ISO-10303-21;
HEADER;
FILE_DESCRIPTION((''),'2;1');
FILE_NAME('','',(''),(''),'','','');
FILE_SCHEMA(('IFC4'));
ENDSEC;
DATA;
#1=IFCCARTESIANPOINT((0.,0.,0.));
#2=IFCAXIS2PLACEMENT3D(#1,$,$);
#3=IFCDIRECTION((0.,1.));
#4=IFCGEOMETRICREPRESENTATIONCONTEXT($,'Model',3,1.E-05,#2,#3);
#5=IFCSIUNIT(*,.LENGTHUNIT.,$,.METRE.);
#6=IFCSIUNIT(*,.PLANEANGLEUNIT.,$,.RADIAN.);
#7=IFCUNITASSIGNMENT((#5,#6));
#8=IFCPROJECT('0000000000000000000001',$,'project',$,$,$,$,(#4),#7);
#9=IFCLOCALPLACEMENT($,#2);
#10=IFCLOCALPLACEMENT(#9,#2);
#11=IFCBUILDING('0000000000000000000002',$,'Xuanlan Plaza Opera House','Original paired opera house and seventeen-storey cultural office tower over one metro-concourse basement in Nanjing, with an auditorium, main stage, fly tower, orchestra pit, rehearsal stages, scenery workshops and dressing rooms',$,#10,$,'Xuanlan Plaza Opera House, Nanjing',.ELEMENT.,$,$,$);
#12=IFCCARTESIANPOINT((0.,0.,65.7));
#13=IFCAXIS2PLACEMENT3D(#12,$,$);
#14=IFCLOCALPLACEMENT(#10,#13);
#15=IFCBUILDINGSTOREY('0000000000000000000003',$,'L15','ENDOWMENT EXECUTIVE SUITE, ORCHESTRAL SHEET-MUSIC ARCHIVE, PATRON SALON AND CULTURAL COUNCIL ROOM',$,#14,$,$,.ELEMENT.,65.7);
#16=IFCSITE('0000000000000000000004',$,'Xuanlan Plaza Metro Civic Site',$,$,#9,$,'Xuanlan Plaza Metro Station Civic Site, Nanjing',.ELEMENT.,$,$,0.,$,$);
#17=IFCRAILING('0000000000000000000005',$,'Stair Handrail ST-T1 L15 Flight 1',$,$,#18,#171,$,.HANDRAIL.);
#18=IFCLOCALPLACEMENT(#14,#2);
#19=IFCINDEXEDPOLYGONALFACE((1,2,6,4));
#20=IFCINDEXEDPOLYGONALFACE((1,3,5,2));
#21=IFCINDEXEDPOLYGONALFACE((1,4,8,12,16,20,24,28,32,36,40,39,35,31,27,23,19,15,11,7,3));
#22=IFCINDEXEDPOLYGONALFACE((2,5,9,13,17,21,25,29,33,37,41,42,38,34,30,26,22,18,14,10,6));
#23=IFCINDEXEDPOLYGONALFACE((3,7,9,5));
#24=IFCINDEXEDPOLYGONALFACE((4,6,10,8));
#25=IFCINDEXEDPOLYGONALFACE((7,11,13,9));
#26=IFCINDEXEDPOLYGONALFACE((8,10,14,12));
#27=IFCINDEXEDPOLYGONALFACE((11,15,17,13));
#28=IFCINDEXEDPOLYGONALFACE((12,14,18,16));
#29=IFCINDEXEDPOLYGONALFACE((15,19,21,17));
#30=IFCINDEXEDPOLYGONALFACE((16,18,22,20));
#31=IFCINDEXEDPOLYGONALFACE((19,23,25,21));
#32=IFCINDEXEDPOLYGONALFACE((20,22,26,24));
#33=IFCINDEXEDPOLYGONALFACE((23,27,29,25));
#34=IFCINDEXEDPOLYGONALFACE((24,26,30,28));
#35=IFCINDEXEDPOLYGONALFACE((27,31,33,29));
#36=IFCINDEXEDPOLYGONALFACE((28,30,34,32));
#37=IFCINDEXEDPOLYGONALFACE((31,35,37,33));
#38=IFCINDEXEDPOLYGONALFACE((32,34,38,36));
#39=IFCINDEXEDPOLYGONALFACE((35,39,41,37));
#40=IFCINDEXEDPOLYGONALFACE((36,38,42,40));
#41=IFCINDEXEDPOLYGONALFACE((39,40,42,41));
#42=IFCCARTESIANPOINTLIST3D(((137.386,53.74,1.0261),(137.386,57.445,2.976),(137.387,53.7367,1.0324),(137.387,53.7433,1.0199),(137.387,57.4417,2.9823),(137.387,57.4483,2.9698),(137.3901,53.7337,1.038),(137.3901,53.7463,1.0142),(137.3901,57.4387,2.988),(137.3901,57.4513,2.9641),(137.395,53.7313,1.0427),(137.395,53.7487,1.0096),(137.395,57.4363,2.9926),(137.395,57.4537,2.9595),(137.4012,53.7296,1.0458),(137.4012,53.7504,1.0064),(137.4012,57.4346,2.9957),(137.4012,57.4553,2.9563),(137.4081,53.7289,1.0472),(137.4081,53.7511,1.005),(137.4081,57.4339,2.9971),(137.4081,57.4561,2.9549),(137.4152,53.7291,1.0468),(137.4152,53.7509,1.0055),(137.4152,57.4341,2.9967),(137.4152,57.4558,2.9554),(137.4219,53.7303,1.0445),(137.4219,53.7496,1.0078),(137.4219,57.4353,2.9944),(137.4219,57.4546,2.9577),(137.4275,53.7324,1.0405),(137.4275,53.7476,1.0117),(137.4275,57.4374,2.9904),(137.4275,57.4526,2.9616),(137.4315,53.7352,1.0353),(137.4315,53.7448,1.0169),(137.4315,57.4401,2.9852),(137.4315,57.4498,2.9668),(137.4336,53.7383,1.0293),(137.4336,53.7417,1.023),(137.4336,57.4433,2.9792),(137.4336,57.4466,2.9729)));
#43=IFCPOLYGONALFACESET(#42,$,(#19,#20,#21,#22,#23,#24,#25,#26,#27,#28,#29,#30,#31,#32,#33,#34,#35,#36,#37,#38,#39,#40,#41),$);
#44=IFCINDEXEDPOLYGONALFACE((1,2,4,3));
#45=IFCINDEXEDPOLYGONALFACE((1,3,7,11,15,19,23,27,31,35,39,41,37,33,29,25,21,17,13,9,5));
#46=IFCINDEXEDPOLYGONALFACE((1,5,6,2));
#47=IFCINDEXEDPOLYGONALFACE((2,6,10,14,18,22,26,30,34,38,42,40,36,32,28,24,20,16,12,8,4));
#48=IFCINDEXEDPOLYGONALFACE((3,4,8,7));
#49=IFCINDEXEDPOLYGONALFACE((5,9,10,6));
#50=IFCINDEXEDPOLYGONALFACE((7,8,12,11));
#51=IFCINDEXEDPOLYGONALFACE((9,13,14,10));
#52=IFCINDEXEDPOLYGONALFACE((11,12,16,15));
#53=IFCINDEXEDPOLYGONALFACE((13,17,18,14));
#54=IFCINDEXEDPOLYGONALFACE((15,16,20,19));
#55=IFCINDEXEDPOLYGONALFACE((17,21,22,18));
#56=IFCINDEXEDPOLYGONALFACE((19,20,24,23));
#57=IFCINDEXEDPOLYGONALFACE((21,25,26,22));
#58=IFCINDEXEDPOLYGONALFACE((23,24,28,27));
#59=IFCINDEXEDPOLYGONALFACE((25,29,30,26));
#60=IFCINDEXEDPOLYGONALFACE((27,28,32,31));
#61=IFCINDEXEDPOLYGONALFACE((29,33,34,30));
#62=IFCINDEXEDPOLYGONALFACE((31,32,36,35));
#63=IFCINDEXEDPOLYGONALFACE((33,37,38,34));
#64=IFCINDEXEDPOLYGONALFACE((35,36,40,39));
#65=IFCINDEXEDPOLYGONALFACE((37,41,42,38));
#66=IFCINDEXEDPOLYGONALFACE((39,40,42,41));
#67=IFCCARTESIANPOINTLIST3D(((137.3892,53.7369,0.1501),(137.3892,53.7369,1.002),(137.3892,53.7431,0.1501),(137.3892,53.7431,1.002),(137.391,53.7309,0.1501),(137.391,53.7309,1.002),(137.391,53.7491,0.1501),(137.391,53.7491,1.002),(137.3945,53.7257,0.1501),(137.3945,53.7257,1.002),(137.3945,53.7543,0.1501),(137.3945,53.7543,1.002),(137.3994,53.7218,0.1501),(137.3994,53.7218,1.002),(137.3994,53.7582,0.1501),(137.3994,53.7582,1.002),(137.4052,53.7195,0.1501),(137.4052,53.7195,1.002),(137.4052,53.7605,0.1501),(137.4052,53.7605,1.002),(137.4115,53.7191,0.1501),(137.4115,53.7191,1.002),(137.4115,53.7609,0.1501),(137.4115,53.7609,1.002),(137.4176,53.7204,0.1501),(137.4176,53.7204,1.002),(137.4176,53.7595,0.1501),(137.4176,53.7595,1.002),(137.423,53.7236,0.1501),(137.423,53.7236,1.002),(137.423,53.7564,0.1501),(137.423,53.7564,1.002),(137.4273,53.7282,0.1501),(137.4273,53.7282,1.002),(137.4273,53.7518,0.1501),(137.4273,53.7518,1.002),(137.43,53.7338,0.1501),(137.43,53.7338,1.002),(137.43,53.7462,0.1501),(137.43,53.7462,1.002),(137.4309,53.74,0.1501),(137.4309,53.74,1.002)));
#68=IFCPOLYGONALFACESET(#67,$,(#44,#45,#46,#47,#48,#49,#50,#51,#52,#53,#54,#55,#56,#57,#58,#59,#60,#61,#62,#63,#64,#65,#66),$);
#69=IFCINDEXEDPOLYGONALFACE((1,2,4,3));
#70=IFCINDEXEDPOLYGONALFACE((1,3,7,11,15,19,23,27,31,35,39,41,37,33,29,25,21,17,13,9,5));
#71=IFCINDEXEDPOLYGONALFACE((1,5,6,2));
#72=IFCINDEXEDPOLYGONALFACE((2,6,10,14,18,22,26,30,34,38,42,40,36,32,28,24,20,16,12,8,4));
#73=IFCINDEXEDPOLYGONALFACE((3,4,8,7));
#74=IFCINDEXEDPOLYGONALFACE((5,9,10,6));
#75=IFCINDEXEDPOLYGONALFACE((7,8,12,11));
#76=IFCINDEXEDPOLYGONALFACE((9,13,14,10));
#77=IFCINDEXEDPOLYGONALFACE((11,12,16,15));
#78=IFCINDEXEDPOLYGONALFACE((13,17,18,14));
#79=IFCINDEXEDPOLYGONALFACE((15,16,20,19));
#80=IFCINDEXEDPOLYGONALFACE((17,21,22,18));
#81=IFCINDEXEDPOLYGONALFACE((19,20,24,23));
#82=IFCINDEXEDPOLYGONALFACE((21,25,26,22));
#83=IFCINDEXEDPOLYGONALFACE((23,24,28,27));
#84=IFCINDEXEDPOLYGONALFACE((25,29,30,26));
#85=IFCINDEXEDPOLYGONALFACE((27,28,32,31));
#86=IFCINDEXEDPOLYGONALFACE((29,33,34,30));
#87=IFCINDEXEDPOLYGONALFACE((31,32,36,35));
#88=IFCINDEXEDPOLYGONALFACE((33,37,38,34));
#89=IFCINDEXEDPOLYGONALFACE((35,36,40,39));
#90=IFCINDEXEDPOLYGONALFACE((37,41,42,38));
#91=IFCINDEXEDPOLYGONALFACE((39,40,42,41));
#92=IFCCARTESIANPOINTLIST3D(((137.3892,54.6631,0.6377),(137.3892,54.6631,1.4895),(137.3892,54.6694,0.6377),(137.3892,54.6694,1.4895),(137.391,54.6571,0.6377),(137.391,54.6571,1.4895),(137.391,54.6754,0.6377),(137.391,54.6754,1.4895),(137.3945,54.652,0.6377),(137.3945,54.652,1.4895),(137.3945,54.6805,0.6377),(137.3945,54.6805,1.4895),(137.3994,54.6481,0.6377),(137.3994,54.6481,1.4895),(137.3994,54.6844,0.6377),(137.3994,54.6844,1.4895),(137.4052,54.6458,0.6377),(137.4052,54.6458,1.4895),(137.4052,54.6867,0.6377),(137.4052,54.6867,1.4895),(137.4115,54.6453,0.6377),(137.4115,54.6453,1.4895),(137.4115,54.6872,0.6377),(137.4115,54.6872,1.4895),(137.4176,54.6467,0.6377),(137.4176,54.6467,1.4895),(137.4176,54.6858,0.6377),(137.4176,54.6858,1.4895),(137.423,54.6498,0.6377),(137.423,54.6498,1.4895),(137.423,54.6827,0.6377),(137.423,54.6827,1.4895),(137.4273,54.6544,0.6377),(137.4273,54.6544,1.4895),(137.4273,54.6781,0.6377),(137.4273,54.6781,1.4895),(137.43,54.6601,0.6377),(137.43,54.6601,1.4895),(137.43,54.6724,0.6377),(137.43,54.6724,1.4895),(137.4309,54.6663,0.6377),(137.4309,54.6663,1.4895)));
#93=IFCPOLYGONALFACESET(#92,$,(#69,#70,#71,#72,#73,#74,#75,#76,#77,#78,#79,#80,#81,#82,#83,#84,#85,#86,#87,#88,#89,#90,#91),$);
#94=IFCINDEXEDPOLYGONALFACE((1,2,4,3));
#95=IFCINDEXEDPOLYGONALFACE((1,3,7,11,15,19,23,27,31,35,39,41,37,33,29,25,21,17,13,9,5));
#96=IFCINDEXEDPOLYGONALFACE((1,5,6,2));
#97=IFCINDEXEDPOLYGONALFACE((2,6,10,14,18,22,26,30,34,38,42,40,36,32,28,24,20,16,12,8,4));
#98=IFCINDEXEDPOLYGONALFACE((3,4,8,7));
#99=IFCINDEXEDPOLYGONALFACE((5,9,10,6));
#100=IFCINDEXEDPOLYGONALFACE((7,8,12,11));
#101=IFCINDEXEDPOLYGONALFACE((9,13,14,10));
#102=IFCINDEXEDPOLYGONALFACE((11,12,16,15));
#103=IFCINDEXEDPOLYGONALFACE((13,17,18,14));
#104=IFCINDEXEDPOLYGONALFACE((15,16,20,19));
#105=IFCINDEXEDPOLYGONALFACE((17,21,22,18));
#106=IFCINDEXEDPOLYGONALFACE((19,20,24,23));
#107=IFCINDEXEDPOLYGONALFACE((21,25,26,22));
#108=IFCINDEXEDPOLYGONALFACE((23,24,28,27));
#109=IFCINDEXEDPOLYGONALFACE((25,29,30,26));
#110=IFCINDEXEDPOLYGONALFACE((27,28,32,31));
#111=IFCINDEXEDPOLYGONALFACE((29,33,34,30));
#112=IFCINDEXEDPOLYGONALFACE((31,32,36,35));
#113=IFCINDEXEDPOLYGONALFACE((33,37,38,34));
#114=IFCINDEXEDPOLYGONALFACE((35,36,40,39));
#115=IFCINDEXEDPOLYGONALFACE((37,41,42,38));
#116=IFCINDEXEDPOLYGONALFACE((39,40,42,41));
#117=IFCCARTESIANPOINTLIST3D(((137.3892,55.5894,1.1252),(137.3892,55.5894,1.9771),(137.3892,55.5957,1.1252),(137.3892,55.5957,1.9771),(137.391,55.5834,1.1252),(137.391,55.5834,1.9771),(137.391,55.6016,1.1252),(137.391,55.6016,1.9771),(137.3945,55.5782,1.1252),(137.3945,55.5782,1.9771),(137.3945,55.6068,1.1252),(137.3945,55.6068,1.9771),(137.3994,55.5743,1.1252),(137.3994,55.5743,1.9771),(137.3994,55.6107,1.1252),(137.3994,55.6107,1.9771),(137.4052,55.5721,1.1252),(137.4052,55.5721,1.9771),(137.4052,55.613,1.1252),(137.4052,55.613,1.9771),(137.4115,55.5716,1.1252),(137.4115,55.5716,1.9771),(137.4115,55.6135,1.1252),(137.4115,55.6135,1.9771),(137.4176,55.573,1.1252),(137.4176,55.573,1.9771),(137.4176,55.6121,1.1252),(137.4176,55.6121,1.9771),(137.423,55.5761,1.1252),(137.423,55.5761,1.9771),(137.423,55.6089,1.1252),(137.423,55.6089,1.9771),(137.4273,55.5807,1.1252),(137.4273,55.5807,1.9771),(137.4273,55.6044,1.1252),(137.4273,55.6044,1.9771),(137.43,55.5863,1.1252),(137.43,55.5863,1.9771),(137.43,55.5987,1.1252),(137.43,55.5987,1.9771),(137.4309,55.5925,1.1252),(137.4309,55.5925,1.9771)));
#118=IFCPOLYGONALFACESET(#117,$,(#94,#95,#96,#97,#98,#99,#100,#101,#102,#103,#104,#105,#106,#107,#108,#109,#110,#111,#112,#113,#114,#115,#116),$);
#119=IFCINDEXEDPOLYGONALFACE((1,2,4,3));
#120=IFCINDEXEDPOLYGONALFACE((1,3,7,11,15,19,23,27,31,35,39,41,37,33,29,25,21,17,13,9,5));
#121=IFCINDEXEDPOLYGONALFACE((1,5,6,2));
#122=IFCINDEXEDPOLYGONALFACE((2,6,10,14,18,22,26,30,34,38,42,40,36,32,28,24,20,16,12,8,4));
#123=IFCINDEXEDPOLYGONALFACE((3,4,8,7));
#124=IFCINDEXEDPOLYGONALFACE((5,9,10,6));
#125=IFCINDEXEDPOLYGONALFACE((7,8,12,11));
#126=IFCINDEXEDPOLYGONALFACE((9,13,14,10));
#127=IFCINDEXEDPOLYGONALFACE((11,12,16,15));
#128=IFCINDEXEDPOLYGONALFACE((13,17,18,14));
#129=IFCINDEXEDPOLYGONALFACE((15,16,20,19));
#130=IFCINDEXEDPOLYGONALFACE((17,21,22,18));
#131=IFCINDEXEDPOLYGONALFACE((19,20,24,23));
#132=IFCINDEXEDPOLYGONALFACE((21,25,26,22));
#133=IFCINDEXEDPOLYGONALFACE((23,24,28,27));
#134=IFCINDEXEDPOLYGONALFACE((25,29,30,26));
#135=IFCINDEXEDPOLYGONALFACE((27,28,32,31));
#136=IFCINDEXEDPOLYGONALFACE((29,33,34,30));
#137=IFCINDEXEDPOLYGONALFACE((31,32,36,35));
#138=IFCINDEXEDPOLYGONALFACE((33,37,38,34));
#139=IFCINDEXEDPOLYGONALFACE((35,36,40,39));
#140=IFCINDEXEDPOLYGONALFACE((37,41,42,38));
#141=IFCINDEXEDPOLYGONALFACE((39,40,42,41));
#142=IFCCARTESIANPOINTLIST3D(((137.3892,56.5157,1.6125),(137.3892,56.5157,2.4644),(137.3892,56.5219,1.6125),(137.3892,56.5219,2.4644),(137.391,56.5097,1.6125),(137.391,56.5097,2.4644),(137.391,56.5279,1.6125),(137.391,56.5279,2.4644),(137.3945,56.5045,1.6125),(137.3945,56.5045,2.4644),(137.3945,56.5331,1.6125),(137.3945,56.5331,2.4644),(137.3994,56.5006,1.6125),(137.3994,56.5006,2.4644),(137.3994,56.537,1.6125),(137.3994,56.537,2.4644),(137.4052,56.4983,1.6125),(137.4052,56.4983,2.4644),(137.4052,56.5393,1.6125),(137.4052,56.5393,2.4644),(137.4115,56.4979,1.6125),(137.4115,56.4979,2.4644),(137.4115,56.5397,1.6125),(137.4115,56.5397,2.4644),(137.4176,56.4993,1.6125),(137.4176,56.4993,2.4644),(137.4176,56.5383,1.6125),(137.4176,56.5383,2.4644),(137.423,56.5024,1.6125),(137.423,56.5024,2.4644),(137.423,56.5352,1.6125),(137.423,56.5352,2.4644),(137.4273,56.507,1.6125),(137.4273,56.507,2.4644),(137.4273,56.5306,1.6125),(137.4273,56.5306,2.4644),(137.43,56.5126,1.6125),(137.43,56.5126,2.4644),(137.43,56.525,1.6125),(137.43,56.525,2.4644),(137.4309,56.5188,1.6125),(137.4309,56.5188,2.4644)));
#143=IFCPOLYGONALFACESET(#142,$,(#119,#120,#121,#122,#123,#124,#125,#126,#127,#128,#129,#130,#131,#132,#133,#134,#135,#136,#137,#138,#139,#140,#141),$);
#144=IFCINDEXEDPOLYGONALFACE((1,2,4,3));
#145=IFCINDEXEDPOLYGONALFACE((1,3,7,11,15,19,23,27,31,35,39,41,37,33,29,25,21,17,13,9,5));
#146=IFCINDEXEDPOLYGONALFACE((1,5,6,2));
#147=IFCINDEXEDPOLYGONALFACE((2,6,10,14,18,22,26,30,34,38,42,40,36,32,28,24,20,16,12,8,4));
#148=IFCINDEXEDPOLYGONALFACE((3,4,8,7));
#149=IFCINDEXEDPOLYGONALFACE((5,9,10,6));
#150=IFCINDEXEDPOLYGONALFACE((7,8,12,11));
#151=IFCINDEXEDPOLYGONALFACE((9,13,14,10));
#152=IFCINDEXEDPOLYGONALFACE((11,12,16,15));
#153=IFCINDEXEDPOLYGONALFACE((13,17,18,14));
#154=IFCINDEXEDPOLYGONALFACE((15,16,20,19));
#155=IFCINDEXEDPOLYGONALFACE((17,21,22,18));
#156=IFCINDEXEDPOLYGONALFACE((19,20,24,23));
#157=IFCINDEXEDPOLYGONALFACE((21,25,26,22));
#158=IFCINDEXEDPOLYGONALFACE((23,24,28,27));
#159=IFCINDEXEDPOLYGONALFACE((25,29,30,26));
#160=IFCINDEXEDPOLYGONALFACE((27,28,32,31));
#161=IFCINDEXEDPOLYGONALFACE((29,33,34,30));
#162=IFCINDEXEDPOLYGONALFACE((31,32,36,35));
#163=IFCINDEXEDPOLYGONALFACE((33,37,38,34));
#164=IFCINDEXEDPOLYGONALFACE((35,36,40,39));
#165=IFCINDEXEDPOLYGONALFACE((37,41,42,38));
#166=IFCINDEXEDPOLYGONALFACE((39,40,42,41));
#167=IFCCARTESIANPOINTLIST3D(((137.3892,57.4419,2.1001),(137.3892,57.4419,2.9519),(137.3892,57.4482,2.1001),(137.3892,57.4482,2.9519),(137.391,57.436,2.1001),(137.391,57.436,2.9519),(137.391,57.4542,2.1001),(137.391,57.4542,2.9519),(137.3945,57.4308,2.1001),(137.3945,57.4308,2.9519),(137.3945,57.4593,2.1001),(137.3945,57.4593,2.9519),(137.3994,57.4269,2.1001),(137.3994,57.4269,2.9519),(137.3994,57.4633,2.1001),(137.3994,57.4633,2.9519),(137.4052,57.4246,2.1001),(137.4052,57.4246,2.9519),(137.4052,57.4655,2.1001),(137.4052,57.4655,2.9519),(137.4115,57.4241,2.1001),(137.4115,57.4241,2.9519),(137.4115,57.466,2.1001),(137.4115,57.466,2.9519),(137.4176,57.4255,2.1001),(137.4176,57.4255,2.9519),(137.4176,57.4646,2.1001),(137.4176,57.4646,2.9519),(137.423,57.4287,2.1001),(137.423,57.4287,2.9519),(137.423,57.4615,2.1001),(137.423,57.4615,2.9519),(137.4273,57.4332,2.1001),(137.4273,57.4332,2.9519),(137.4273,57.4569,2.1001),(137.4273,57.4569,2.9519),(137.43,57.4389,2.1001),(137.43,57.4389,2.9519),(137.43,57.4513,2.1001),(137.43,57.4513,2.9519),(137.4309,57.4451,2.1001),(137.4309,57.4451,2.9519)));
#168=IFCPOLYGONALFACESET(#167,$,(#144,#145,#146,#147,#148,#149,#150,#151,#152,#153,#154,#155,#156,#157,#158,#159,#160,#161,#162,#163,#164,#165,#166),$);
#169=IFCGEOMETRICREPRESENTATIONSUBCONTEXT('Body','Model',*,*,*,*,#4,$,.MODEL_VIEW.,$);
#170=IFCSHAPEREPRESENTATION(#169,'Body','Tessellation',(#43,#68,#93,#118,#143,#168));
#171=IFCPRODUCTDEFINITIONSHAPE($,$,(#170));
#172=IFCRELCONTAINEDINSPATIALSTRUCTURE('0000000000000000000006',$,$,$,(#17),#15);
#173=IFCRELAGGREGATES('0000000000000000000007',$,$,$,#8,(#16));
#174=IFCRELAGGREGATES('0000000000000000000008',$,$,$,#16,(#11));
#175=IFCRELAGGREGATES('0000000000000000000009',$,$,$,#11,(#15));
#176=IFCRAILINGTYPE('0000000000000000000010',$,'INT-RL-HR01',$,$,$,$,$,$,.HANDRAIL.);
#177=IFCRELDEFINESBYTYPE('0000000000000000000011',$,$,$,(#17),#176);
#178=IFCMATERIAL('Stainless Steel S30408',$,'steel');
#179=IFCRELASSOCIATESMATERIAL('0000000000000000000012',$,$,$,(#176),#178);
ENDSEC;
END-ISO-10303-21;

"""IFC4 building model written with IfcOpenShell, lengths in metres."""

from ifc_helpers import new_model, si_unit, direction, frame, origin, origin_2d, place, context, subcontext, project, spatial, circle, extrude, material, type_object, element, save


model = new_model("IFC4")

# Units and contexts
model_context = context("Model", 3, precision=1e-05, world=origin(), true_north=direction((0.0, 1.0)))
body_context = subcontext(model_context, "Body", "Model", "MODEL_VIEW")
ifc_project = project(units=[si_unit("LENGTHUNIT", "METRE"), si_unit("PLANEANGLEUNIT", "RADIAN")], contexts=[model_context])

# Site, building, storey
site_placement = place(None, origin())
site = spatial("IfcSite", under=ifc_project, at=site_placement, Name="Xuanlan Plaza Metro Civic Site", LongName="Xuanlan Plaza Metro Station Civic Site, Nanjing", CompositionType="ELEMENT", RefElevation=0.0)
building_placement = place(site_placement, origin())
building = spatial("IfcBuilding", under=site, at=building_placement, Name="Xuanlan Plaza Opera House", Description="Original paired opera house and seventeen-storey cultural office tower over one metro-concourse basement in Nanjing, with an auditorium, main stage, fly tower, orchestra pit, rehearsal stages, scenery workshops and dressing rooms", LongName="Xuanlan Plaza Opera House, Nanjing", CompositionType="ELEMENT")
storey_placement = place(building_placement, frame((0.0, 0.0, 65.7)))
storey = spatial("IfcBuildingStorey", under=building, at=storey_placement, Name="L15", Description="ENDOWMENT EXECUTIVE SUITE, ORCHESTRAL SHEET-MUSIC ARCHIVE, PATRON SALON AND CULTURAL COUNCIL ROOM", CompositionType="ELEMENT", Elevation=65.7)

# Railing
ifc_material_1 = material(Name="Stainless Steel S30408", Category="steel")
railing_type = type_object("IfcRailingType", Name="INT-RL-HR01", PredefinedType="HANDRAIL", material=ifc_material_1)
railing_placement = place(storey_placement, frame((137.4099, 53.74, 0.1501)))
element("IfcRailing", 1, at=railing_placement, inside=storey, type_object=railing_type, Name="Stair Handrail ST-T1 L15 Flight 1", PredefinedType="HANDRAIL", context=body_context, shape_type="SweptSolid", body=[
    extrude(circle(Radius=0.0239, at=origin_2d()), frame((0.0, 0.0, 0.876), z_axis=(0.0, 0.884927, 0.46573), x_axis=(-1.0, 0.0, 0.0)), (0.0, 0.0, 1.0), 4.1868),
    extrude(circle(Radius=0.021, at=origin_2d()), origin(), (0.0, 0.0, 1.0), 0.8518),
    extrude(circle(Radius=0.021, at=origin_2d()), frame((0.0, 0.9263, 0.4875)), (0.0, 0.0, 1.0), 0.8518),
    extrude(circle(Radius=0.021, at=origin_2d()), frame((0.0, 1.8525, 0.9751)), (0.0, 0.0, 1.0), 0.8518),
    extrude(circle(Radius=0.021, at=origin_2d()), frame((0.0, 2.7788, 1.4624)), (0.0, 0.0, 1.0), 0.8518),
    extrude(circle(Radius=0.021, at=origin_2d()), frame((0.0, 3.7051, 1.95)), (0.0, 0.0, 1.0), 0.8518),
])

save(model, "model.ifc")
